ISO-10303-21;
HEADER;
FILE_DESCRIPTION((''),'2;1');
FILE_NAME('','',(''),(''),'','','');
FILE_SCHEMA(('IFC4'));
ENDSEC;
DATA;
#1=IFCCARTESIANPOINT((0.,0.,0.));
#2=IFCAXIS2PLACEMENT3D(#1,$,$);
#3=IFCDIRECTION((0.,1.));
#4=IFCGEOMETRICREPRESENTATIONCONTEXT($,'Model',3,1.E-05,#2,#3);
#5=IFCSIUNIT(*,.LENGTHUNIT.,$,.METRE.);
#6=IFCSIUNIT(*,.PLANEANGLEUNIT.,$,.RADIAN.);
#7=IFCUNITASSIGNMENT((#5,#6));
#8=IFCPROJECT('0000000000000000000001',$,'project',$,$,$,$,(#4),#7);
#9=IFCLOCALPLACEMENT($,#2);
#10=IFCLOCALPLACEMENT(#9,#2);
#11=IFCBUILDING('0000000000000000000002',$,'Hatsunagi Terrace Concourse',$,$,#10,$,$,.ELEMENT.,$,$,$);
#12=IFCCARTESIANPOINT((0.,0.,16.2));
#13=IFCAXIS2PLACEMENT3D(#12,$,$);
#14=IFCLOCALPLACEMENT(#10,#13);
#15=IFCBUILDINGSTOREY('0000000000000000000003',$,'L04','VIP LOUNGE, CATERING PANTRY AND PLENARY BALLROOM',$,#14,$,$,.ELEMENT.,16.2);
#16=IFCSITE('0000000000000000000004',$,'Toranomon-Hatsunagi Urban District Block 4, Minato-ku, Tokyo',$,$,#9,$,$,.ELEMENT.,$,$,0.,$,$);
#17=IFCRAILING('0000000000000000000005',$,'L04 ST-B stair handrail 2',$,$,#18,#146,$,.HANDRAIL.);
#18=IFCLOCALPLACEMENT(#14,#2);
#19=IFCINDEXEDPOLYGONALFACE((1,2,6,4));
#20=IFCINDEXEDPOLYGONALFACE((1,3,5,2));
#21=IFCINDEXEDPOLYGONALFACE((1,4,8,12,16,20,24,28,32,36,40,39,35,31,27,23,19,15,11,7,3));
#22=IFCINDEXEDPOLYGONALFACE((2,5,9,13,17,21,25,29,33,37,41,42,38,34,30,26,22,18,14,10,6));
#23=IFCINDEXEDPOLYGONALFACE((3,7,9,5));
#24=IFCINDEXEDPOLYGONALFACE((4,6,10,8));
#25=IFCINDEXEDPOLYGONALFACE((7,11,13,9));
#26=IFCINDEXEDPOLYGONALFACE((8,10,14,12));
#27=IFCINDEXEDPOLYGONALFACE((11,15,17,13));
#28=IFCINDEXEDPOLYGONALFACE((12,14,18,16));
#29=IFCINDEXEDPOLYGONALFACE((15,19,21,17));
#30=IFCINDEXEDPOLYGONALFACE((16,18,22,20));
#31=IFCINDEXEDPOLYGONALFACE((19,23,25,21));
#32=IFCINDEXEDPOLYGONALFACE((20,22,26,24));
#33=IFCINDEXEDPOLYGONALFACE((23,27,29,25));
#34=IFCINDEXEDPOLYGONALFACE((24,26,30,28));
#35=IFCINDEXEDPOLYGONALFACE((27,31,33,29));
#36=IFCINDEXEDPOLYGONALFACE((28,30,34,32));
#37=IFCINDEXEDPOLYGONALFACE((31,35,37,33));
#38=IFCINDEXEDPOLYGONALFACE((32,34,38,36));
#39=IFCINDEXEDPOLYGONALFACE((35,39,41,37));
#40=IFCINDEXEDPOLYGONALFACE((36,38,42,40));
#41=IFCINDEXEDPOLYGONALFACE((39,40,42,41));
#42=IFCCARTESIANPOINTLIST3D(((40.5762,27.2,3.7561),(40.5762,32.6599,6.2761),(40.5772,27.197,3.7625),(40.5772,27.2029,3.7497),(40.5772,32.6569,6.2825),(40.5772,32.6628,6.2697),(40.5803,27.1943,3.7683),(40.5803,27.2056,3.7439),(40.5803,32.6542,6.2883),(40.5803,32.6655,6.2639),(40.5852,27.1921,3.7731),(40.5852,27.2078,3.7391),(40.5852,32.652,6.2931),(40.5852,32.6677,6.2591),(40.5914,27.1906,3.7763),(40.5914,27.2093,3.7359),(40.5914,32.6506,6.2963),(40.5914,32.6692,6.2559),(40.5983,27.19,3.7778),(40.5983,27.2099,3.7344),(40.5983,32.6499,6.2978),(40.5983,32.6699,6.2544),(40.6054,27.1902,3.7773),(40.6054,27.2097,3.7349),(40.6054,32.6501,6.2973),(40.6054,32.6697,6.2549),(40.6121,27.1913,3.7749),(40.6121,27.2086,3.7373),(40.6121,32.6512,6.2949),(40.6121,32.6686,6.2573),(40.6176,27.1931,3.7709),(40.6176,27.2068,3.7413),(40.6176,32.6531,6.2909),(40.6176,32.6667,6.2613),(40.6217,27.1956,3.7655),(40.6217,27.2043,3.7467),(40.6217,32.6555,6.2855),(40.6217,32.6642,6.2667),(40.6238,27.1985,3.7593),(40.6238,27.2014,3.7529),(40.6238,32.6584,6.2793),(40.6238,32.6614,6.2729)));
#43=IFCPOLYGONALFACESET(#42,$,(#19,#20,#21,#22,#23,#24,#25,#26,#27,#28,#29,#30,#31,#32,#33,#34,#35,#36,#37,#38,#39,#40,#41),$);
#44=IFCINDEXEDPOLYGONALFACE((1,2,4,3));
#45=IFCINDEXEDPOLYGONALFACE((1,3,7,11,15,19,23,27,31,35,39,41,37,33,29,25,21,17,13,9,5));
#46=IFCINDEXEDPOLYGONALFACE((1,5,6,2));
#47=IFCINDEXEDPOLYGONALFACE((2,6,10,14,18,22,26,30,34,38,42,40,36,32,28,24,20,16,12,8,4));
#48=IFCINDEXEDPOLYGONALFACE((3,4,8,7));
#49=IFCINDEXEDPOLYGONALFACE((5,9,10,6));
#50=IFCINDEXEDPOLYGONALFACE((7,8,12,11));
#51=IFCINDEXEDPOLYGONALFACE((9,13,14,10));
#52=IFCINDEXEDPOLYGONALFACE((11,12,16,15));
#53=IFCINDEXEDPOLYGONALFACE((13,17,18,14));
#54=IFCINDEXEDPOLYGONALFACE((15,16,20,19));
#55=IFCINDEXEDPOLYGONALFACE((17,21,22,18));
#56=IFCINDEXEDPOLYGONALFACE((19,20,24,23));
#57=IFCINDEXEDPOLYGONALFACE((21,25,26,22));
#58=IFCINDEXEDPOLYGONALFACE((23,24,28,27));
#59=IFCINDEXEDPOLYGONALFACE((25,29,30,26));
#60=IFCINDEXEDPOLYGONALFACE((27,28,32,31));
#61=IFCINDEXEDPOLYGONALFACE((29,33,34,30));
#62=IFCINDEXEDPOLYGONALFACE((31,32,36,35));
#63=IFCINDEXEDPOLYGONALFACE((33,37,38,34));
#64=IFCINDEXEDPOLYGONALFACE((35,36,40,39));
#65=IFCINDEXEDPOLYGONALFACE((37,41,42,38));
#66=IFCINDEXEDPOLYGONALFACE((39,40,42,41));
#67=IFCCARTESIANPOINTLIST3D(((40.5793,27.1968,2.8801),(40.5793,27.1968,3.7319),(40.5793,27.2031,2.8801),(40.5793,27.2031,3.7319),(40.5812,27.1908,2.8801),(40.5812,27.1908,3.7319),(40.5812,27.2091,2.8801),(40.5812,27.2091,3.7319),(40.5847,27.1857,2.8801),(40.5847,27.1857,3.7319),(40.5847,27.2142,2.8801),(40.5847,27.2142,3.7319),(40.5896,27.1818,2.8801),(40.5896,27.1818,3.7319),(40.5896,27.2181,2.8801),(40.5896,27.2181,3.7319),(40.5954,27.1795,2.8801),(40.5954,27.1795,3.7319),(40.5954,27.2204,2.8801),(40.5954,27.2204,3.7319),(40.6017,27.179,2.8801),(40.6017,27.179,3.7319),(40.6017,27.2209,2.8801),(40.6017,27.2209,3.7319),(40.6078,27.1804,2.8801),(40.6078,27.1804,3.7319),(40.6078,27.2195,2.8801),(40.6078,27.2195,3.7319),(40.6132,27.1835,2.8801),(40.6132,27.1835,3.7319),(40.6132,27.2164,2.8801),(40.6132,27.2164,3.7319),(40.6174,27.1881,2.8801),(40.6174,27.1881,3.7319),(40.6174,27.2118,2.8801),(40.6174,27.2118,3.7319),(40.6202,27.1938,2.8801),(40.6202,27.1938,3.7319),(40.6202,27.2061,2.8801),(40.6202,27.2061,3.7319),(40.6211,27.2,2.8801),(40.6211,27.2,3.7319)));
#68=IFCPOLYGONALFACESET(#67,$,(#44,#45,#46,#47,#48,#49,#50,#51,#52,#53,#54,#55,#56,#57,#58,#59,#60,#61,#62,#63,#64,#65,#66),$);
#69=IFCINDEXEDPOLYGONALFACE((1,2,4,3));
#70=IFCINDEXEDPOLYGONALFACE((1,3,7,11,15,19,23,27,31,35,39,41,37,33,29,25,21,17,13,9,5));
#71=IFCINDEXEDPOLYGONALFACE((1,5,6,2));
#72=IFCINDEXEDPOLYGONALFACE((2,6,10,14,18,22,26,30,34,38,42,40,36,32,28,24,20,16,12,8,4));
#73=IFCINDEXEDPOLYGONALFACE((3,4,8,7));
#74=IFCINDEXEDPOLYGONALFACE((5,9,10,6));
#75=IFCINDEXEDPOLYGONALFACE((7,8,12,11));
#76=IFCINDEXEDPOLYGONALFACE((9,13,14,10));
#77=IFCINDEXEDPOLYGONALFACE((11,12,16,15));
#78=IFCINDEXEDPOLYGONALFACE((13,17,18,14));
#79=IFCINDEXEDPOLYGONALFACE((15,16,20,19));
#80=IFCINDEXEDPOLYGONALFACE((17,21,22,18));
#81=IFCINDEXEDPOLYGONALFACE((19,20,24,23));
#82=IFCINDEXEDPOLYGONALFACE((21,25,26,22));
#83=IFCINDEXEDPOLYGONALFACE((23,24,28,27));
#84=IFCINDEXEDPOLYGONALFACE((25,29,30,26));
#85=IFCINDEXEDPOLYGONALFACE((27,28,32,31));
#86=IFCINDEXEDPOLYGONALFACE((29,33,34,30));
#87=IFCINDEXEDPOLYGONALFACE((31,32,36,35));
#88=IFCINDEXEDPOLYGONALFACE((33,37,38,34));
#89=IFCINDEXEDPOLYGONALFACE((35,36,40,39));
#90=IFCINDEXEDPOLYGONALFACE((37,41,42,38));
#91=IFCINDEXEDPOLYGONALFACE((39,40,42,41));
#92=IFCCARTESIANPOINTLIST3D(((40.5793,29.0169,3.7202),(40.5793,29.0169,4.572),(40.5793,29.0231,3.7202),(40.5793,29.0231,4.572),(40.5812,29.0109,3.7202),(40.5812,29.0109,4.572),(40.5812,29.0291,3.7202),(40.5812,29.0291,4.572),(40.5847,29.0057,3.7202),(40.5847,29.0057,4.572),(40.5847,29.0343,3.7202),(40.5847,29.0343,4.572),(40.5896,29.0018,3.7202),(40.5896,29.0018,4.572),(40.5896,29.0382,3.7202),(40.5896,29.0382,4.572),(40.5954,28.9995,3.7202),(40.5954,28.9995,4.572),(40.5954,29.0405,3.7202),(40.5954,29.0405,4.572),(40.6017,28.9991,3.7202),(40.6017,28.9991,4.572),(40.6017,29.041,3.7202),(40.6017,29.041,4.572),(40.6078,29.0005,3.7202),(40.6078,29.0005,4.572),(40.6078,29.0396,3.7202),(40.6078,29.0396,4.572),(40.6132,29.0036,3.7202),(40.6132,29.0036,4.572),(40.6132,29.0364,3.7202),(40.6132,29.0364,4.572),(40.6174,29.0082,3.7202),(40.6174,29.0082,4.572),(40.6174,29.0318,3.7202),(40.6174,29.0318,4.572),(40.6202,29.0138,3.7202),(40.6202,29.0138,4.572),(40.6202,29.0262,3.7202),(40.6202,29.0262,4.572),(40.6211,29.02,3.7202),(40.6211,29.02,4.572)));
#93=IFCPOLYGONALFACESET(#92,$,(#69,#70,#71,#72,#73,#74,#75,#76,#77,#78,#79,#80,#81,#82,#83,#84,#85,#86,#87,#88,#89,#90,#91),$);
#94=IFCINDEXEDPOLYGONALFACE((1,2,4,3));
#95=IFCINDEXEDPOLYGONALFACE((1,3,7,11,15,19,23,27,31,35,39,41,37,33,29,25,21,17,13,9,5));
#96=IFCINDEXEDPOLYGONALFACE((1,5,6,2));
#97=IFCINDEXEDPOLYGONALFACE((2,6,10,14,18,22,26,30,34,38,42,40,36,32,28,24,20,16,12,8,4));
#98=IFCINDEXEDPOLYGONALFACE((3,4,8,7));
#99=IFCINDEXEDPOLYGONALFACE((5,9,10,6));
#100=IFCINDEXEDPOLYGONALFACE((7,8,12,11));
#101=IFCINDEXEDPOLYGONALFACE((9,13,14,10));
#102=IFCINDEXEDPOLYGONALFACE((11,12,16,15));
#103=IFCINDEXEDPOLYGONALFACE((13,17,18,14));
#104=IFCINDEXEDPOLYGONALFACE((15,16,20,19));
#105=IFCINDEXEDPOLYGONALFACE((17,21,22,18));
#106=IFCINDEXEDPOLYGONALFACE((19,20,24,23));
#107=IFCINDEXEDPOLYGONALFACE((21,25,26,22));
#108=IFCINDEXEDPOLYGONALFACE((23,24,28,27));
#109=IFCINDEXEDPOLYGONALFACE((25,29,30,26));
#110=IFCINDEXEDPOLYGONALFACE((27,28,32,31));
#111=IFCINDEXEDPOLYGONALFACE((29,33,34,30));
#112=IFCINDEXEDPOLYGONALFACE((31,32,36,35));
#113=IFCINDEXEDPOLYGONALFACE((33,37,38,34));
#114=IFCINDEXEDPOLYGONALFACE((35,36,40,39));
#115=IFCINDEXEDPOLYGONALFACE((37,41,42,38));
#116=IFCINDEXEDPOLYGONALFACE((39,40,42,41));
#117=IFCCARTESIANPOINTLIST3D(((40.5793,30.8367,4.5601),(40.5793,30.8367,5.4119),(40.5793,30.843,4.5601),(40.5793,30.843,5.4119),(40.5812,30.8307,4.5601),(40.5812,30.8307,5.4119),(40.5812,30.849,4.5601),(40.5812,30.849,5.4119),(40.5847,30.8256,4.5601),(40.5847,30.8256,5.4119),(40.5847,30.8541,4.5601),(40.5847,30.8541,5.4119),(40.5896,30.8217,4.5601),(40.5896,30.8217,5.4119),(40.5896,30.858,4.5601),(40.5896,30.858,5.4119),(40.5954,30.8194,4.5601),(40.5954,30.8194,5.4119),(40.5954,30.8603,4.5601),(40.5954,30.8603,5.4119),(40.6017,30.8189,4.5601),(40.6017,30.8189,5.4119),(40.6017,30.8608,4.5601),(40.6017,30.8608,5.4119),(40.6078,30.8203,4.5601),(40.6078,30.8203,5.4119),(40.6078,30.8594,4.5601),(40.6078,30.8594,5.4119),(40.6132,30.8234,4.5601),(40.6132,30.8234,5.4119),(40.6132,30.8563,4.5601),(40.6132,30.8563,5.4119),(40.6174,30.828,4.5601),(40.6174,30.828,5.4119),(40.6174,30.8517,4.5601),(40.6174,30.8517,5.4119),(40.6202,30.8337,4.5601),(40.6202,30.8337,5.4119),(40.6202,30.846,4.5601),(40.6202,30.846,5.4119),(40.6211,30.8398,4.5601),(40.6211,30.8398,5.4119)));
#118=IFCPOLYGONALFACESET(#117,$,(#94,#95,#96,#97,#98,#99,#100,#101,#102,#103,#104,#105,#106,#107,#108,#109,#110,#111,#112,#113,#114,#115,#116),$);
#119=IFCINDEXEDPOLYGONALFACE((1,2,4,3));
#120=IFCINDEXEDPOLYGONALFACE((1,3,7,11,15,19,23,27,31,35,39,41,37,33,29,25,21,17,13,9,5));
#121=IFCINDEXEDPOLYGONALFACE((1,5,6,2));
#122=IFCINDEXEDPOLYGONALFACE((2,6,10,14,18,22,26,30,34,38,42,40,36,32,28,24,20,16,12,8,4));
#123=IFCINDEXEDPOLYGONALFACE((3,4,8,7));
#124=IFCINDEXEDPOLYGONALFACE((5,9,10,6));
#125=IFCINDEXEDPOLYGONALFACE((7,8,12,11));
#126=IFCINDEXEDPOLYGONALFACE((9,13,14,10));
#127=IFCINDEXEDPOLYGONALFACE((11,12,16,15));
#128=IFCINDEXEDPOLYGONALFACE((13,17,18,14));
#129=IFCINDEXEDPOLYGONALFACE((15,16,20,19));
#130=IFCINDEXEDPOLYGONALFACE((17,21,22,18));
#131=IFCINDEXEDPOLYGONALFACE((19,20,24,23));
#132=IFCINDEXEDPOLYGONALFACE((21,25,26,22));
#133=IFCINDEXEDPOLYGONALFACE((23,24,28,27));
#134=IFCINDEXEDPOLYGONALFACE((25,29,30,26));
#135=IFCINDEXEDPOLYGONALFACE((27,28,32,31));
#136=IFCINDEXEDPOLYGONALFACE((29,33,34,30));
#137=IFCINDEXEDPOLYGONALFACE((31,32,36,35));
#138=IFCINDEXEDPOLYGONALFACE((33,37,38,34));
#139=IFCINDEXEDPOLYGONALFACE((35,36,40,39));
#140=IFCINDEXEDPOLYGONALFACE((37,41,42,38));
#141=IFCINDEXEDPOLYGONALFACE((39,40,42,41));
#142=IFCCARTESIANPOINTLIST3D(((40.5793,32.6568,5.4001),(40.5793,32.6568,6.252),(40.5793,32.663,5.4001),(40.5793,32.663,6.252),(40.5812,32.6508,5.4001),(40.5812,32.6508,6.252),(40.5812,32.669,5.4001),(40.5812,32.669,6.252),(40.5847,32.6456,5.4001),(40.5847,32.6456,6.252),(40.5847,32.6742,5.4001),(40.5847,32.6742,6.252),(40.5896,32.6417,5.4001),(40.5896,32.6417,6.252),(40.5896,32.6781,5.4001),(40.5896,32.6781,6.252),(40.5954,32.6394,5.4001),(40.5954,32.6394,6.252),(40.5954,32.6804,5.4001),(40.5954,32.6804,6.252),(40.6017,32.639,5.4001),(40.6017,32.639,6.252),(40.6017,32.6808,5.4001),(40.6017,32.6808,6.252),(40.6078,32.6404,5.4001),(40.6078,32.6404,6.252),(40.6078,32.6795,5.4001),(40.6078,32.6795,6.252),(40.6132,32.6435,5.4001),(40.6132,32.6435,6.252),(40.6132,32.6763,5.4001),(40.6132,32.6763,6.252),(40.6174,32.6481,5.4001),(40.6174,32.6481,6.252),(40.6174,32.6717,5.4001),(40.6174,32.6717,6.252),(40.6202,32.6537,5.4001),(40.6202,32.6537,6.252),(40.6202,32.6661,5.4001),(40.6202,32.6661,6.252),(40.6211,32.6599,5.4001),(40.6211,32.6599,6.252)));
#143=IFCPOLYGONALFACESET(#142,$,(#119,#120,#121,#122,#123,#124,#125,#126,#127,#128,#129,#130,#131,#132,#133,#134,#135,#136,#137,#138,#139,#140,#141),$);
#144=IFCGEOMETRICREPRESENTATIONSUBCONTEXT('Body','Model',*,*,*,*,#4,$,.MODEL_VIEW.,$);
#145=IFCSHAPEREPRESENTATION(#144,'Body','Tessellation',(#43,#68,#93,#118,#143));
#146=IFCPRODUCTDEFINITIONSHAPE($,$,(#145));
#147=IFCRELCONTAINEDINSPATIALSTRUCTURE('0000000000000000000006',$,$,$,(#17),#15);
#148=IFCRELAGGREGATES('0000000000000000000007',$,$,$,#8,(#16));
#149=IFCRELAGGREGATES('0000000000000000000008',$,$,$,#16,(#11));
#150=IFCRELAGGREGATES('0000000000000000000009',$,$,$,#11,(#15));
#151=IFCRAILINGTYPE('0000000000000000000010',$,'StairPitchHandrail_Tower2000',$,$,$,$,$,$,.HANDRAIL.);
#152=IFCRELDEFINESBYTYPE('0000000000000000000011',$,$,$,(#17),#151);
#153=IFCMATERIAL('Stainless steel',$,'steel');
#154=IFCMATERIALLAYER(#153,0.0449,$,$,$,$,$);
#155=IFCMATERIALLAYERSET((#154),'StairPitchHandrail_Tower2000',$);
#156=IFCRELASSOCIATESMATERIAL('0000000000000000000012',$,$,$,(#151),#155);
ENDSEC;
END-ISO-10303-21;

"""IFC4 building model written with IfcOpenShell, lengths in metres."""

from ifc_helpers import new_model, si_unit, direction, frame, origin, origin_2d, place, context, subcontext, project, spatial, circle, extrude, material, layer, layer_set, type_object, element, save


model = new_model("IFC4")

# Units and contexts
model_context = context("Model", 3, precision=1e-05, world=origin(), true_north=direction((0.0, 1.0)))
body_context = subcontext(model_context, "Body", "Model", "MODEL_VIEW")
ifc_project = project(units=[si_unit("LENGTHUNIT", "METRE"), si_unit("PLANEANGLEUNIT", "RADIAN")], contexts=[model_context])

# Site, building, storey
site_placement = place(None, origin())
site = spatial("IfcSite", under=ifc_project, at=site_placement, Name="Toranomon-Hatsunagi Urban District Block 4, Minato-ku, Tokyo", CompositionType="ELEMENT", RefElevation=0.0)
building_placement = place(site_placement, origin())
building = spatial("IfcBuilding", under=site, at=building_placement, Name="Hatsunagi Terrace Concourse", CompositionType="ELEMENT")
storey_placement = place(building_placement, frame((0.0, 0.0, 16.2)))
storey = spatial("IfcBuildingStorey", under=building, at=storey_placement, Name="L04", Description="VIP LOUNGE, CATERING PANTRY AND PLENARY BALLROOM", CompositionType="ELEMENT", Elevation=16.2)

# Railing
ifc_material_1 = material(Name="Stainless steel", Category="steel")
ifc_layer_1 = layer(ifc_material_1, 0.0449)
ifc_layer_set_1 = layer_set([ifc_layer_1], Name="StairPitchHandrail_Tower2000")
railing_type_1 = type_object("IfcRailingType", Name="StairPitchHandrail_Tower2000", PredefinedType="HANDRAIL", material=ifc_layer_set_1)
railing_1_placement = place(storey_placement, frame((40.6001, 27.2, 2.8801)))
element("IfcRailing", 1, at=railing_1_placement, inside=storey, type_object=railing_type_1, Name="L04 ST-B stair handrail 2", PredefinedType="HANDRAIL", context=body_context, shape_type="SweptSolid", body=[
    extrude(circle(Radius=0.0239, at=origin_2d()), frame((0.0, 0.0, 0.876), z_axis=(0.0, 0.907957, 0.419063), x_axis=(-1.0, 0.0, 0.0)), (0.0, 0.0, 1.0), 6.0134),
    extrude(circle(Radius=0.021, at=origin_2d()), origin(), (0.0, 0.0, 1.0), 0.8518),
    extrude(circle(Radius=0.021, at=origin_2d()), frame((0.0, 1.8201, 0.8401)), (0.0, 0.0, 1.0), 0.8518),
    extrude(circle(Radius=0.021, at=origin_2d()), frame((0.0, 3.6399, 1.6799)), (0.0, 0.0, 1.0), 0.8518),
    extrude(circle(Radius=0.021, at=origin_2d()), frame((0.0, 5.46, 2.52)), (0.0, 0.0, 1.0), 0.8518),
])

save(model, "model.ifc")
